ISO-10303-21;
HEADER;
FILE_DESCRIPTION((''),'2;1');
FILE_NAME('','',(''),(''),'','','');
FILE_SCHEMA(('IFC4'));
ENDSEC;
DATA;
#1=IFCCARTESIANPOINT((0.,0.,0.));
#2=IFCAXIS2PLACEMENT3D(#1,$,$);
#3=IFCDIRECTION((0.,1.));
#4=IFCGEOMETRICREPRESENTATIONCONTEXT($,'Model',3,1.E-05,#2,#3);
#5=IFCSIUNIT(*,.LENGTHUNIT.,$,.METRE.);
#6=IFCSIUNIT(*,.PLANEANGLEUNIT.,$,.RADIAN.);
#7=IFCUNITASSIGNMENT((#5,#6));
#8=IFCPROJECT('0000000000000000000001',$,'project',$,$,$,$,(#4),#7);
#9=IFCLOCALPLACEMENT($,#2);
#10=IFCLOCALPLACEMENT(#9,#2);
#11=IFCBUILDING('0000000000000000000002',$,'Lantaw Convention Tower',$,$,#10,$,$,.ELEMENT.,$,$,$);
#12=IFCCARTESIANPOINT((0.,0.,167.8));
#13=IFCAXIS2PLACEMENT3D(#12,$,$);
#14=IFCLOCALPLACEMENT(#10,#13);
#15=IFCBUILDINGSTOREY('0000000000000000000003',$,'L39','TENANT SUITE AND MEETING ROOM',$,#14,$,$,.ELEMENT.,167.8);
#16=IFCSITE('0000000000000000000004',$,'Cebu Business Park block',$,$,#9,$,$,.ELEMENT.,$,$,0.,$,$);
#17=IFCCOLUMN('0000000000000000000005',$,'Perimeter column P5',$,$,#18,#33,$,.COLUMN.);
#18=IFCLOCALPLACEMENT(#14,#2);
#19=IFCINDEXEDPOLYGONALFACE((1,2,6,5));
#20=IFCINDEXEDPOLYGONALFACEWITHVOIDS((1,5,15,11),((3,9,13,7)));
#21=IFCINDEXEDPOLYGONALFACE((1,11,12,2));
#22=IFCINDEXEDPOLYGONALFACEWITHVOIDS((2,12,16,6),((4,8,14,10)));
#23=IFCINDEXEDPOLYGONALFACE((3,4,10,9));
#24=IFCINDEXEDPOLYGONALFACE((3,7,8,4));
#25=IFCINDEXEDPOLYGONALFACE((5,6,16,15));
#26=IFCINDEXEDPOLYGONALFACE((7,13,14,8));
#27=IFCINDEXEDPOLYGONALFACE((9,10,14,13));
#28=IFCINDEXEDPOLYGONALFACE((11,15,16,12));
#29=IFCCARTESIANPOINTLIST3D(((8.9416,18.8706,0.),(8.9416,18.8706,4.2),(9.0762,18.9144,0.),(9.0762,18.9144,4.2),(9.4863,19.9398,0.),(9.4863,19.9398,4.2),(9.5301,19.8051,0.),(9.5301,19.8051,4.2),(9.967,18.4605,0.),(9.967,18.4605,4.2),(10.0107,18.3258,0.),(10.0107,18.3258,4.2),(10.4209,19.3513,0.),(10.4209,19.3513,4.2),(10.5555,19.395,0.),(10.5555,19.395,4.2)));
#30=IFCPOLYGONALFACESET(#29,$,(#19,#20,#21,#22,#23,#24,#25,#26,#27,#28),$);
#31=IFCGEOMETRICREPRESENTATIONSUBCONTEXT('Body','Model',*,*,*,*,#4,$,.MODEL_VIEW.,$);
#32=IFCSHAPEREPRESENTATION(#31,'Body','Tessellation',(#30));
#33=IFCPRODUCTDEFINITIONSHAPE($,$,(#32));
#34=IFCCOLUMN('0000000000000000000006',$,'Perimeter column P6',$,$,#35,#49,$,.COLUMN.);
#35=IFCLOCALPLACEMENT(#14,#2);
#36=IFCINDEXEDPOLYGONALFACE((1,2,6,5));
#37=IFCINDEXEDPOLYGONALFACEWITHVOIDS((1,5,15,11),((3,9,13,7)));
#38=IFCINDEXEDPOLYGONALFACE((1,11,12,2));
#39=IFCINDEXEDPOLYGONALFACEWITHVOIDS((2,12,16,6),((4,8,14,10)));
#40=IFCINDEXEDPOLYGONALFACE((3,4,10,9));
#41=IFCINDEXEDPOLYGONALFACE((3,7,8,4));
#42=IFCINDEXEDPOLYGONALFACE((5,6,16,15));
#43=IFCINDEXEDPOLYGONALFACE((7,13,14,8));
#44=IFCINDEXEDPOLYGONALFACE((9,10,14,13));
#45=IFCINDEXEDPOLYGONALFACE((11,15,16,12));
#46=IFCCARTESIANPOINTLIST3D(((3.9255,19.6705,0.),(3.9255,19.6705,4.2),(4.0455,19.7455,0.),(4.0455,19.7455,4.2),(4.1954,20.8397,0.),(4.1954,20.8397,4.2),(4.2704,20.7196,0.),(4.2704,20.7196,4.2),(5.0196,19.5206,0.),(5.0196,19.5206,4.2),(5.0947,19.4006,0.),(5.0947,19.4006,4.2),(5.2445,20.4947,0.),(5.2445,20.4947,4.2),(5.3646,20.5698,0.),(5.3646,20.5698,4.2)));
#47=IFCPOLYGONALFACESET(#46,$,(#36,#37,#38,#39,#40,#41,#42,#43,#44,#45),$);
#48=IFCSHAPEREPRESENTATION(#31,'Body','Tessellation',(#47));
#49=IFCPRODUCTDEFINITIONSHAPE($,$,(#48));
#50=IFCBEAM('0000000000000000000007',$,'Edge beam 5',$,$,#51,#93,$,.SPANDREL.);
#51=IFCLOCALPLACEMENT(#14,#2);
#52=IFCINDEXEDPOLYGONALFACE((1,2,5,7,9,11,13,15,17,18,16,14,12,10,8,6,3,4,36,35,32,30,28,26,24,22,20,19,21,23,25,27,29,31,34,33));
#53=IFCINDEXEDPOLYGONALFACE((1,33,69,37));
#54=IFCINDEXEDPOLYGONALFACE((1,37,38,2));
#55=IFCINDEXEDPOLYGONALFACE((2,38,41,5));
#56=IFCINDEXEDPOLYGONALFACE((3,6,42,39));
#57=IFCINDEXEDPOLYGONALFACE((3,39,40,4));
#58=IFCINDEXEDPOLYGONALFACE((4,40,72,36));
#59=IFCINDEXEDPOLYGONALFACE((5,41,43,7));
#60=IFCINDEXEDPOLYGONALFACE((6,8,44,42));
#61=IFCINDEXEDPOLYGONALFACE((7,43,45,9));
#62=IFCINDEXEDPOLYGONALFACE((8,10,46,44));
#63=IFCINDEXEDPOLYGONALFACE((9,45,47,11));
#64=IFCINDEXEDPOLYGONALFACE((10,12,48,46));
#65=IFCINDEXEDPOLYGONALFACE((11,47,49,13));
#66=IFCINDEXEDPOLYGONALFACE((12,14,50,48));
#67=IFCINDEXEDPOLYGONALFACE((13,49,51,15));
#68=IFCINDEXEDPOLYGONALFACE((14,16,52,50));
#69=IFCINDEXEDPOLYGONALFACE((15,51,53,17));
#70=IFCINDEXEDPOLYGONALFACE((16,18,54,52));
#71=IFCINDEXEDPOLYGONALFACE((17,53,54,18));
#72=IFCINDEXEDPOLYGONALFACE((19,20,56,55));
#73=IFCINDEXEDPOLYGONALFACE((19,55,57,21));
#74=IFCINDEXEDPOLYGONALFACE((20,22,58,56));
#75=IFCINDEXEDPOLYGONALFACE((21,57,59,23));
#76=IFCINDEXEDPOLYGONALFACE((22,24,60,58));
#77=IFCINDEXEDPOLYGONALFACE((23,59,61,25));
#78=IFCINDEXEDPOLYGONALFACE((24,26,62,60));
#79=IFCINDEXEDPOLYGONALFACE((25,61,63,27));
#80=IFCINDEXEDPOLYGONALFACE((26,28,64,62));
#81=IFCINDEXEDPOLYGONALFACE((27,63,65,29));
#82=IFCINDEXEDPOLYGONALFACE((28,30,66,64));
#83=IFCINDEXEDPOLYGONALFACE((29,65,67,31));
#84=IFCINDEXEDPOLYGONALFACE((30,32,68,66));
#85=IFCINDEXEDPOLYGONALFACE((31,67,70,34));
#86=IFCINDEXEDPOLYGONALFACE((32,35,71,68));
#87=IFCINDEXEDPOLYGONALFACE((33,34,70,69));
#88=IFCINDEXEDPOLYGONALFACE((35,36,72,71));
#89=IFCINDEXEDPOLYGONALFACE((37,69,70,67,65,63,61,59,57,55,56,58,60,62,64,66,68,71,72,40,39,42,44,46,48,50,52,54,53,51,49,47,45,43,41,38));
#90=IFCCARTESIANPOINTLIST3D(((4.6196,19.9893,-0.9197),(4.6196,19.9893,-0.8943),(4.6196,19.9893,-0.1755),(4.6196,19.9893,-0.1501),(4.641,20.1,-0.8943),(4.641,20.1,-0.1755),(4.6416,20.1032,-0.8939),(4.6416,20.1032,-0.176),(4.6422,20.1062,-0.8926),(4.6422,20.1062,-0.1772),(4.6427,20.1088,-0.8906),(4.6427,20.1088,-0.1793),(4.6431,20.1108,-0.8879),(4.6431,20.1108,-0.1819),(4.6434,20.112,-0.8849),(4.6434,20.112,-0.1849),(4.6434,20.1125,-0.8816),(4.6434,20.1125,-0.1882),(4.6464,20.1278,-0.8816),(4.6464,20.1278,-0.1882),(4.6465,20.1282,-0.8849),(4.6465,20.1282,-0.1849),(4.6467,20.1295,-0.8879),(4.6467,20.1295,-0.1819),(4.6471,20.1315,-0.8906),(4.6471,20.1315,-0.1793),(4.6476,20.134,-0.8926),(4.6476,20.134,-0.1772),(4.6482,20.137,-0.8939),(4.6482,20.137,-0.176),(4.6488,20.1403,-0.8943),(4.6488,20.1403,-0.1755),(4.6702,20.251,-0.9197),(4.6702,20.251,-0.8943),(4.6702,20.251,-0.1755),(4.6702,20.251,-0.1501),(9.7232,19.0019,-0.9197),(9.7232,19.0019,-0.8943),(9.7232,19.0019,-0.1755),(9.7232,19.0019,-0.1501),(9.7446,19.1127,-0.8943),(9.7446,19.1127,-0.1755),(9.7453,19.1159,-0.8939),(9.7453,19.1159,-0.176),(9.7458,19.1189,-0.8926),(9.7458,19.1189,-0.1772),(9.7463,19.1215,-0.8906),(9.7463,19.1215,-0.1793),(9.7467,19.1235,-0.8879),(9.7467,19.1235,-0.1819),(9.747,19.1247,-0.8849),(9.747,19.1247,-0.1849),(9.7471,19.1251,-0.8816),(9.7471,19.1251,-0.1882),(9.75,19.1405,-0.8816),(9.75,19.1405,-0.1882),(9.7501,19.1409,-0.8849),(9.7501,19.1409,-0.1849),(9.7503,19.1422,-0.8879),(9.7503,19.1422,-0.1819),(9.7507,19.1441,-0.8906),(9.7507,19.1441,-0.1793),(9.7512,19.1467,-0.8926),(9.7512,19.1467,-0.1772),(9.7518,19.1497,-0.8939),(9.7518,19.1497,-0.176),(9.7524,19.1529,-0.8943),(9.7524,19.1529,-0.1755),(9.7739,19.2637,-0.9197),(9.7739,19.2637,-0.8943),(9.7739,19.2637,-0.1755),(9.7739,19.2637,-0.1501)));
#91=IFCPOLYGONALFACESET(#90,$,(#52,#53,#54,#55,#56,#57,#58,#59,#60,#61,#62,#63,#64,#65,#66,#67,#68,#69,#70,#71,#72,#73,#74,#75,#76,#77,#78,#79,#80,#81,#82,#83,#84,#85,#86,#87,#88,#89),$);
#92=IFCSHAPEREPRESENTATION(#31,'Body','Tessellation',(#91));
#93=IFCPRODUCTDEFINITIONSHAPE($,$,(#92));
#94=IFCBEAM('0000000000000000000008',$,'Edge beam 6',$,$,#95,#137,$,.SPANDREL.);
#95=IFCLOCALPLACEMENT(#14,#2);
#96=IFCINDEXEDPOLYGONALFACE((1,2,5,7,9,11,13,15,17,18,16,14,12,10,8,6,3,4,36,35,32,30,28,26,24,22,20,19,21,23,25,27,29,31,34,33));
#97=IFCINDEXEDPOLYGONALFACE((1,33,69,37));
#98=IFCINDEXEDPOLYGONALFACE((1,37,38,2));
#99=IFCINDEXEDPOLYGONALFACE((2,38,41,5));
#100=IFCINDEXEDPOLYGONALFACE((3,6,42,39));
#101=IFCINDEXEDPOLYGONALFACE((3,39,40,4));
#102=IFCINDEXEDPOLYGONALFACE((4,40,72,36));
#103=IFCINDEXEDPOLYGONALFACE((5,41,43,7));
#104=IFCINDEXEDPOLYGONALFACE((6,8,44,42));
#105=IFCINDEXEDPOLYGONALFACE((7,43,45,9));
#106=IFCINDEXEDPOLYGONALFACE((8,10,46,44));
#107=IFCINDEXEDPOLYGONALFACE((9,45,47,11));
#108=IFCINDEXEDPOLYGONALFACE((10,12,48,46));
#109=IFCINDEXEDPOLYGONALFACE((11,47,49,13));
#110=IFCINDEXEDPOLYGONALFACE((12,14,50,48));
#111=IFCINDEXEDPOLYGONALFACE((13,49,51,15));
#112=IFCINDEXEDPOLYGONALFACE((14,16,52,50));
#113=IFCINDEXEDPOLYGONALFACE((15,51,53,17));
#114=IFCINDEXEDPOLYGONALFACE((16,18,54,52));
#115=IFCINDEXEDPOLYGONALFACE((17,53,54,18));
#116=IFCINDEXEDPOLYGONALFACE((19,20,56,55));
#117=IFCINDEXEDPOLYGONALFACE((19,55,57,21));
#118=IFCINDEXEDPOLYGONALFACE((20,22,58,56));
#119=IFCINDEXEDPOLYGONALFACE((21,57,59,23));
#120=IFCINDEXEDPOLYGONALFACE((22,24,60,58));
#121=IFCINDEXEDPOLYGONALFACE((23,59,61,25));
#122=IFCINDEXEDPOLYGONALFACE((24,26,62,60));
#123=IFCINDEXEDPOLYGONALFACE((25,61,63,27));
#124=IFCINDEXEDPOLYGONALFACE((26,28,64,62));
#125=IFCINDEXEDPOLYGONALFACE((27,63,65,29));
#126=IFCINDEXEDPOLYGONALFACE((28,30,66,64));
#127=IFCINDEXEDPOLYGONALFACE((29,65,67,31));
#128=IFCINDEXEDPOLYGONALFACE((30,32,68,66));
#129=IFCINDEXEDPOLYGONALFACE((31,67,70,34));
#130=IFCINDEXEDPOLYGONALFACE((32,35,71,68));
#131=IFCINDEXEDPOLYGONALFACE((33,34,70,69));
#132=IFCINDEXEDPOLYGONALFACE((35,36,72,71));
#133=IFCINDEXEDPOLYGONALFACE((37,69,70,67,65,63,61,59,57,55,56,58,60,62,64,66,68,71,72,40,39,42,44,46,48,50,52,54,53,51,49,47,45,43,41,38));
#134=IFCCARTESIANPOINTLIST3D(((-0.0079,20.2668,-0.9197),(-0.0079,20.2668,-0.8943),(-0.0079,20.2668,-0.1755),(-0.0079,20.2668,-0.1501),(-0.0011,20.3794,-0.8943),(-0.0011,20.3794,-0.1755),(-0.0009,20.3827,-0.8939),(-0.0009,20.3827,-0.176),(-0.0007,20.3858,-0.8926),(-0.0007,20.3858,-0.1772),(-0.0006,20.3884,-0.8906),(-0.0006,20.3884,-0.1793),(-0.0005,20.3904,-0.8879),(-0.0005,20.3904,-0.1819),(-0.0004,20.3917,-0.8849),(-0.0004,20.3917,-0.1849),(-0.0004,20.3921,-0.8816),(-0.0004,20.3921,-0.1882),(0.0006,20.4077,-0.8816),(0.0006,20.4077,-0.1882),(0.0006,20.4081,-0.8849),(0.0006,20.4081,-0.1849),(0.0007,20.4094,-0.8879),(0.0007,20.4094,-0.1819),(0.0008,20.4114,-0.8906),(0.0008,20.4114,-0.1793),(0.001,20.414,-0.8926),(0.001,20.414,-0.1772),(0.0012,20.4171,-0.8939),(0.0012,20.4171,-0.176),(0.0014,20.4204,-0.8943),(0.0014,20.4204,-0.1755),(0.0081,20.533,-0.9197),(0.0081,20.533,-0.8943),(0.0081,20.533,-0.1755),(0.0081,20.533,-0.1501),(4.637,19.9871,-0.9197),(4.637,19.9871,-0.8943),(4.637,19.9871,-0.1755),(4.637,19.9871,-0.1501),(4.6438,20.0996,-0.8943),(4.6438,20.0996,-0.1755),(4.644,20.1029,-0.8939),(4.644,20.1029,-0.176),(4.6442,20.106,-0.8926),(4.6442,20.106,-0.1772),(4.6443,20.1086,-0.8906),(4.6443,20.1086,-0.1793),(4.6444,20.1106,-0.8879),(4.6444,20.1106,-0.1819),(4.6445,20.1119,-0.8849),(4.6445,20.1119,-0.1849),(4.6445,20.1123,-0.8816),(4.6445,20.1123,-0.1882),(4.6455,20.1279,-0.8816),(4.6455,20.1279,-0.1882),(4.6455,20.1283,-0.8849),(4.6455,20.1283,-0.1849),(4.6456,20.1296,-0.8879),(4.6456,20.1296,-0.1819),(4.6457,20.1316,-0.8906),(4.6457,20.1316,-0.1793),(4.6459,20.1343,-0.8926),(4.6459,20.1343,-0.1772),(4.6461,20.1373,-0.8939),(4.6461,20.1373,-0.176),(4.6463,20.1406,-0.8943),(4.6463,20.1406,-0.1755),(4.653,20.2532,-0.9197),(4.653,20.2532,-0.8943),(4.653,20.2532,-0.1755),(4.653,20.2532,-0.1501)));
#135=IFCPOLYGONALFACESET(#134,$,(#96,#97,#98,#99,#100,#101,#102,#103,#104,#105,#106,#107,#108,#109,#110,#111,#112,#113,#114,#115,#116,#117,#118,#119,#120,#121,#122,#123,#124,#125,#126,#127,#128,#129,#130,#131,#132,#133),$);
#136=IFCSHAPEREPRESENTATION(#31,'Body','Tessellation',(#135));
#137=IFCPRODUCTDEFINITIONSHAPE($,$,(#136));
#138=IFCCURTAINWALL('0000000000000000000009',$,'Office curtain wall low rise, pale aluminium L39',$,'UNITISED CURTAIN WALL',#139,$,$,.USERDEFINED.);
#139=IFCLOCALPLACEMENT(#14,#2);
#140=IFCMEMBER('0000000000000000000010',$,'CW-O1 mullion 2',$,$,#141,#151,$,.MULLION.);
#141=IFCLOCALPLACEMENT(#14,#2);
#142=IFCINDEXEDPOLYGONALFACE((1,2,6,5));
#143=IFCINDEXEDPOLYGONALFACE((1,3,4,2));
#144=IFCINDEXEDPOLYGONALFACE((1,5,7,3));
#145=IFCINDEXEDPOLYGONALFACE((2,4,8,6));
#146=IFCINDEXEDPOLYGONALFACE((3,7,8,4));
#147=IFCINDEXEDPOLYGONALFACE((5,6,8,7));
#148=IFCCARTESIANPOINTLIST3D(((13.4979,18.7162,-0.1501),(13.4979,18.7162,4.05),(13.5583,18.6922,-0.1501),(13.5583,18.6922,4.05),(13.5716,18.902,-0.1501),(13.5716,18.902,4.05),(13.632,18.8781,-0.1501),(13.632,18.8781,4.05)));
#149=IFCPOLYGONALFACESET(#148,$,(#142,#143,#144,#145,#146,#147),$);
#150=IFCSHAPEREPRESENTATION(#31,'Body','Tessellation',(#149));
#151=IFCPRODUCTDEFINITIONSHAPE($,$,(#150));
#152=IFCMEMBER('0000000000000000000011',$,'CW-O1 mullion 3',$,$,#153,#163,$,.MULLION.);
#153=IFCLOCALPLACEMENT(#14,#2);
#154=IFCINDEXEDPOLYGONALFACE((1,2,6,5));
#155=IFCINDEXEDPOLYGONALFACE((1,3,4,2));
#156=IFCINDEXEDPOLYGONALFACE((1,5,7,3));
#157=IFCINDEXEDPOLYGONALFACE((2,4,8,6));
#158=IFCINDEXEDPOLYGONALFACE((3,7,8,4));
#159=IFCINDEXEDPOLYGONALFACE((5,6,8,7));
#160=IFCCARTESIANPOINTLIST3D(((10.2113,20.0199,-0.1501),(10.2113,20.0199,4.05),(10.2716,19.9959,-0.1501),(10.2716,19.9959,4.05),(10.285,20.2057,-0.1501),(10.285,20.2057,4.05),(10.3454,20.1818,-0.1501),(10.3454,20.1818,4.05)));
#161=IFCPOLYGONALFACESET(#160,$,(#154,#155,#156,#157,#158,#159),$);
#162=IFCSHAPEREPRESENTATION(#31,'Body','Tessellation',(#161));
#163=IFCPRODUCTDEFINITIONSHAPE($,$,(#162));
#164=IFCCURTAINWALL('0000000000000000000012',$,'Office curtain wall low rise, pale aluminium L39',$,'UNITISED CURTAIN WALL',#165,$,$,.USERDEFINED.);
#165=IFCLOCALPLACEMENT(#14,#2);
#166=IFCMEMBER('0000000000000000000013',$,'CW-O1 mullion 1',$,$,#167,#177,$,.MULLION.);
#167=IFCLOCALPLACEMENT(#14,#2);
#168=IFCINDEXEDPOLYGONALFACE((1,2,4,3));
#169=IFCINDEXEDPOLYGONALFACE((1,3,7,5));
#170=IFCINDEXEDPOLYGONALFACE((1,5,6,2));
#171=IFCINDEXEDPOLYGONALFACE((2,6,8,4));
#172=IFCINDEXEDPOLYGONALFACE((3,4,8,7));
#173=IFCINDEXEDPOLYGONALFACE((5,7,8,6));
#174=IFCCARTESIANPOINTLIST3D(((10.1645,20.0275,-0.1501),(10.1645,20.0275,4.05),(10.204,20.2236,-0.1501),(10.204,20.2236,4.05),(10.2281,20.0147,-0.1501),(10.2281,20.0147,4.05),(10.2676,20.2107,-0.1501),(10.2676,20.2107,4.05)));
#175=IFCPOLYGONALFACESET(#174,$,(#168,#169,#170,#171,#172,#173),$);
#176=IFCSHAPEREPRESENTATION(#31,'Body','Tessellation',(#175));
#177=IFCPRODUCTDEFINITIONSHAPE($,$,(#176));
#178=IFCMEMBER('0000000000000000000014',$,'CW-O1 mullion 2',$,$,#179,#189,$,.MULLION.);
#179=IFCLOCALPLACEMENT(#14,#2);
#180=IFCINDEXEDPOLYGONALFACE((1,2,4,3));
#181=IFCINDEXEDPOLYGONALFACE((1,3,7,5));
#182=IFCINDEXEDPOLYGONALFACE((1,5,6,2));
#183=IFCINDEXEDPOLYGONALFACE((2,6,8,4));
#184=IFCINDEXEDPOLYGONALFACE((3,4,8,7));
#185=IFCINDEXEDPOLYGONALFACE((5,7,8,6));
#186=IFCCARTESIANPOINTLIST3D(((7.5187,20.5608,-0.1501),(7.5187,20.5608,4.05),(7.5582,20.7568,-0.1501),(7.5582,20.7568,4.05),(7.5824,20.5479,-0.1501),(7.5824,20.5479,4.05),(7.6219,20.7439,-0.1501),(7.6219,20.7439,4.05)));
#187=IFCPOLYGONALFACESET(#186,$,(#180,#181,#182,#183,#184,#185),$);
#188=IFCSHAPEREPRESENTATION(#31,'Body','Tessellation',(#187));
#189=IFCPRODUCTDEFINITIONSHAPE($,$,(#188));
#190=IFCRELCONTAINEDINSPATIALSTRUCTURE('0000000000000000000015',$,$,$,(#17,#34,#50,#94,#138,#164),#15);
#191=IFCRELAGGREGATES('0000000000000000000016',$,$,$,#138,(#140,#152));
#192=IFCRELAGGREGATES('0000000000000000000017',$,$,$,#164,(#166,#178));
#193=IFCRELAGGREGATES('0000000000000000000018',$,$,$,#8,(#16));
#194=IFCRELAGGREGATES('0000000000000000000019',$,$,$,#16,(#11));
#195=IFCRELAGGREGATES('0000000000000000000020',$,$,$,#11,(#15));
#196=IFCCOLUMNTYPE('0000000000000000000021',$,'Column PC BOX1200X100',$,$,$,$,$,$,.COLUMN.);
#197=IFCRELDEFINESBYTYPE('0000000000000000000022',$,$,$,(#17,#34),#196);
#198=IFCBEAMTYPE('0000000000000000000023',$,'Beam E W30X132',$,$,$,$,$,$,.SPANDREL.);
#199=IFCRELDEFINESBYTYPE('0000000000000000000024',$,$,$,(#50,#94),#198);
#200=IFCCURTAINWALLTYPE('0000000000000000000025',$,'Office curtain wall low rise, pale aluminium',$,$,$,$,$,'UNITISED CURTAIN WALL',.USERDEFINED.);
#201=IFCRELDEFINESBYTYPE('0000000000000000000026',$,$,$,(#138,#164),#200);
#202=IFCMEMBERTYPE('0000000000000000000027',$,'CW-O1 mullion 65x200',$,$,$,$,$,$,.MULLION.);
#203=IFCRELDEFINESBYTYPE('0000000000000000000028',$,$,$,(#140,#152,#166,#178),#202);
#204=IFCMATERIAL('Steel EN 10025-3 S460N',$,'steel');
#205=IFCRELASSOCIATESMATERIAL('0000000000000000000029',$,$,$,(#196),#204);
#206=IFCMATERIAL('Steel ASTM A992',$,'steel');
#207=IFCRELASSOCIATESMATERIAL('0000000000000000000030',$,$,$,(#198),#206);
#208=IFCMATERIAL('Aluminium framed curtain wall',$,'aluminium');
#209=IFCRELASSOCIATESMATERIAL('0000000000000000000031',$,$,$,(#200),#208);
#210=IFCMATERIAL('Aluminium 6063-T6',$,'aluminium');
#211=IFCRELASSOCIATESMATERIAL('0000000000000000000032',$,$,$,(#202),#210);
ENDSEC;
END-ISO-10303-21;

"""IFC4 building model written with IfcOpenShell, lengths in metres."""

from ifc_helpers import new_model, si_unit, direction, frame, origin, origin_2d, place, context, subcontext, project, spatial, rectangle, hollow_rectangle, i_section, extrude, material, material_profile, profile_set, type_object, element, aggregate, save


model = new_model("IFC4")

# Units and contexts
model_context = context("Model", 3, precision=1e-05, world=origin(), true_north=direction((0.0, 1.0)))
body_context = subcontext(model_context, "Body", "Model", "MODEL_VIEW")
ifc_project = project(units=[si_unit("LENGTHUNIT", "METRE"), si_unit("PLANEANGLEUNIT", "RADIAN")], contexts=[model_context])

# Site, building, storey
site_placement = place(None, origin())
site = spatial("IfcSite", under=ifc_project, at=site_placement, Name="Cebu Business Park block", CompositionType="ELEMENT", RefElevation=0.0)
building_placement = place(site_placement, origin())
building = spatial("IfcBuilding", under=site, at=building_placement, Name="Lantaw Convention Tower", CompositionType="ELEMENT")
storey_placement = place(building_placement, frame((0.0, 0.0, 167.8)))
storey = spatial("IfcBuildingStorey", under=building, at=storey_placement, Name="L39", Description="TENANT SUITE AND MEETING ROOM", CompositionType="ELEMENT", Elevation=167.8)

# Columns
ifc_material_1 = material(Name="Steel EN 10025-3 S460N", Category="steel")
ifc_material_profile_1 = material_profile(ifc_material_1, hollow_rectangle(XDim=1.2, YDim=1.2, WallThickness=0.1001, at=origin_2d()), Name="BOX1200X100")
ifc_material_2 = material(Name="Concrete C60/75", Category="concrete")
ifc_material_profile_2 = material_profile(ifc_material_2, rectangle(XDim=1.0, YDim=1.0, at=origin_2d()), Name="Concrete fill of BOX1200X100")
ifc_profile_set_1 = profile_set([ifc_material_profile_1, ifc_material_profile_2], Name="Steel EN 10025-3 S460N")
column_type = type_object("IfcColumnType", Name="Column PC BOX1200X100", PredefinedType="COLUMN", material=ifc_profile_set_1)
for number, where, z_axis, x_axis, name in (
    (1, (9.7485, 19.1328, 0.0), (0.0, 0.0, 1.0), (0.45399, 0.891007, 0.0), "Perimeter column P5"),
    (2, (4.645, 20.1201, 0.0), (0.0, 0.0, 1.0), (0.224951, 0.97437, 0.0), "Perimeter column P6"),
):
    element("IfcColumn", number, at=place(storey_placement, frame(where, z_axis=z_axis, x_axis=x_axis)), inside=storey, type_object=column_type, Name=name, PredefinedType="COLUMN", context=body_context, shape_type="SweptSolid", body=[
        extrude(hollow_rectangle(XDim=1.2, YDim=1.2, WallThickness=0.1001, at=origin_2d()), origin(), (0.0, 0.0, 1.0), 4.2),
    ])

# Beams
ifc_material_3 = material(Name="Steel ASTM A992", Category="steel")
ifc_material_profile_3 = material_profile(ifc_material_3, i_section(OverallWidth=0.2666, OverallDepth=0.7695, WebThickness=0.0156, FlangeThickness=0.0254, FilletRadius=0.0127, at=origin_2d()), Name="W30X132")
ifc_profile_set_2 = profile_set([ifc_material_profile_3], Name="Steel ASTM A992")
beam_type = type_object("IfcBeamType", Name="Beam E W30X132", PredefinedType="SPANDREL", material=ifc_profile_set_2)
beam_1_placement = place(storey_placement, frame((9.7485, 19.1328, -0.5349), z_axis=(-0.981797, 0.189934, 0.0), x_axis=(-0.189934, -0.981797, 0.0)))
element("IfcBeam", 3, at=beam_1_placement, inside=storey, type_object=beam_type, Name="Edge beam 5", PredefinedType="SPANDREL", context=body_context, shape_type="SweptSolid", body=[
    extrude(i_section(OverallWidth=0.2666, OverallDepth=0.7695, WebThickness=0.0156, FlangeThickness=0.0254, FilletRadius=0.0127, at=origin_2d()), origin(), (0.0, 0.0, 1.0), 5.1982),
])
beam_2_placement = place(storey_placement, frame((4.645, 20.1201, -0.5349), z_axis=(-0.998191, 0.060124, 0.0), x_axis=(-0.060124, -0.998191, 0.0)))
element("IfcBeam", 4, at=beam_2_placement, inside=storey, type_object=beam_type, Name="Edge beam 6", PredefinedType="SPANDREL", context=body_context, shape_type="SweptSolid", body=[
    extrude(i_section(OverallWidth=0.2666, OverallDepth=0.7695, WebThickness=0.0156, FlangeThickness=0.0254, FilletRadius=0.0127, at=origin_2d()), origin(), (0.0, 0.0, 1.0), 4.6533),
])

# Curtain walls, members
ifc_material_4 = material(Name="Aluminium framed curtain wall", Category="aluminium")
curtain_wall_type = type_object("IfcCurtainWallType", Name="Office curtain wall low rise, pale aluminium", ElementType="UNITISED CURTAIN WALL", PredefinedType="USERDEFINED", material=ifc_material_4)
curtain_wall_1_placement = place(storey_placement, origin())
curtain_wall_1 = element("IfcCurtainWall", 5, at=curtain_wall_1_placement, inside=storey, type_object=curtain_wall_type, Name="Office curtain wall low rise, pale aluminium L39", ObjectType="UNITISED CURTAIN WALL", PredefinedType="USERDEFINED")
ifc_material_5 = material(Name="Aluminium 6063-T6", Category="aluminium")
ifc_material_profile_4 = material_profile(ifc_material_5, rectangle(XDim=0.2, YDim=0.0649, at=origin_2d()), Name="CW-O1 mullion 65x200")
ifc_profile_set_3 = profile_set([ifc_material_profile_4], Name="Aluminium 6063-T6")
member_type_1 = type_object("IfcMemberType", Name="CW-O1 mullion 65x200", PredefinedType="MULLION", material=ifc_profile_set_3)
member_1_placement = place(storey_placement, frame((13.5649, 18.7971, -0.1501), z_axis=(0.0, 0.0, 1.0), x_axis=(-0.368702, -0.929548, 0.0)))
member_1 = element("IfcMember", 6, at=member_1_placement, type_object=member_type_1, Name="CW-O1 mullion 2", PredefinedType="MULLION", context=body_context, shape_type="SweptSolid", body=[
    extrude(rectangle(XDim=0.2, YDim=0.0649, at=origin_2d()), origin(), (0.0, 0.0, 1.0), 4.2002),
])
member_2_placement = place(storey_placement, frame((10.2783, 20.1008, -0.1501), z_axis=(0.0, 0.0, 1.0), x_axis=(-0.368702, -0.929548, 0.0)))
member_2 = element("IfcMember", 7, at=member_2_placement, type_object=member_type_1, Name="CW-O1 mullion 3", PredefinedType="MULLION", context=body_context, shape_type="SweptSolid", body=[
    extrude(rectangle(XDim=0.2, YDim=0.0649, at=origin_2d()), origin(), (0.0, 0.0, 1.0), 4.2002),
])
curtain_wall_2_placement = place(storey_placement, origin())
curtain_wall_2 = element("IfcCurtainWall", 8, at=curtain_wall_2_placement, inside=storey, type_object=curtain_wall_type, Name="Office curtain wall low rise, pale aluminium L39", ObjectType="UNITISED CURTAIN WALL", PredefinedType="USERDEFINED")
member_3_placement = place(storey_placement, frame((10.2161, 20.1191, -0.1501), z_axis=(0.0, 0.0, 1.0), x_axis=(-0.197507, -0.980302, 0.0)))
member_3 = element("IfcMember", 9, at=member_3_placement, type_object=member_type_1, Name="CW-O1 mullion 1", PredefinedType="MULLION", context=body_context, shape_type="SweptSolid", body=[
    extrude(rectangle(XDim=0.2, YDim=0.0649, at=origin_2d()), origin(), (0.0, 0.0, 1.0), 4.2002),
])
member_4_placement = place(storey_placement, frame((7.5703, 20.6523, -0.1501), z_axis=(0.0, 0.0, 1.0), x_axis=(-0.197507, -0.980302, 0.0)))
member_4 = element("IfcMember", 10, at=member_4_placement, type_object=member_type_1, Name="CW-O1 mullion 2", PredefinedType="MULLION", context=body_context, shape_type="SweptSolid", body=[
    extrude(rectangle(XDim=0.2, YDim=0.0649, at=origin_2d()), origin(), (0.0, 0.0, 1.0), 4.2002),
])

aggregate(curtain_wall_1, [member_1, member_2])
aggregate(curtain_wall_2, [member_3, member_4])

save(model, "model.ifc")
